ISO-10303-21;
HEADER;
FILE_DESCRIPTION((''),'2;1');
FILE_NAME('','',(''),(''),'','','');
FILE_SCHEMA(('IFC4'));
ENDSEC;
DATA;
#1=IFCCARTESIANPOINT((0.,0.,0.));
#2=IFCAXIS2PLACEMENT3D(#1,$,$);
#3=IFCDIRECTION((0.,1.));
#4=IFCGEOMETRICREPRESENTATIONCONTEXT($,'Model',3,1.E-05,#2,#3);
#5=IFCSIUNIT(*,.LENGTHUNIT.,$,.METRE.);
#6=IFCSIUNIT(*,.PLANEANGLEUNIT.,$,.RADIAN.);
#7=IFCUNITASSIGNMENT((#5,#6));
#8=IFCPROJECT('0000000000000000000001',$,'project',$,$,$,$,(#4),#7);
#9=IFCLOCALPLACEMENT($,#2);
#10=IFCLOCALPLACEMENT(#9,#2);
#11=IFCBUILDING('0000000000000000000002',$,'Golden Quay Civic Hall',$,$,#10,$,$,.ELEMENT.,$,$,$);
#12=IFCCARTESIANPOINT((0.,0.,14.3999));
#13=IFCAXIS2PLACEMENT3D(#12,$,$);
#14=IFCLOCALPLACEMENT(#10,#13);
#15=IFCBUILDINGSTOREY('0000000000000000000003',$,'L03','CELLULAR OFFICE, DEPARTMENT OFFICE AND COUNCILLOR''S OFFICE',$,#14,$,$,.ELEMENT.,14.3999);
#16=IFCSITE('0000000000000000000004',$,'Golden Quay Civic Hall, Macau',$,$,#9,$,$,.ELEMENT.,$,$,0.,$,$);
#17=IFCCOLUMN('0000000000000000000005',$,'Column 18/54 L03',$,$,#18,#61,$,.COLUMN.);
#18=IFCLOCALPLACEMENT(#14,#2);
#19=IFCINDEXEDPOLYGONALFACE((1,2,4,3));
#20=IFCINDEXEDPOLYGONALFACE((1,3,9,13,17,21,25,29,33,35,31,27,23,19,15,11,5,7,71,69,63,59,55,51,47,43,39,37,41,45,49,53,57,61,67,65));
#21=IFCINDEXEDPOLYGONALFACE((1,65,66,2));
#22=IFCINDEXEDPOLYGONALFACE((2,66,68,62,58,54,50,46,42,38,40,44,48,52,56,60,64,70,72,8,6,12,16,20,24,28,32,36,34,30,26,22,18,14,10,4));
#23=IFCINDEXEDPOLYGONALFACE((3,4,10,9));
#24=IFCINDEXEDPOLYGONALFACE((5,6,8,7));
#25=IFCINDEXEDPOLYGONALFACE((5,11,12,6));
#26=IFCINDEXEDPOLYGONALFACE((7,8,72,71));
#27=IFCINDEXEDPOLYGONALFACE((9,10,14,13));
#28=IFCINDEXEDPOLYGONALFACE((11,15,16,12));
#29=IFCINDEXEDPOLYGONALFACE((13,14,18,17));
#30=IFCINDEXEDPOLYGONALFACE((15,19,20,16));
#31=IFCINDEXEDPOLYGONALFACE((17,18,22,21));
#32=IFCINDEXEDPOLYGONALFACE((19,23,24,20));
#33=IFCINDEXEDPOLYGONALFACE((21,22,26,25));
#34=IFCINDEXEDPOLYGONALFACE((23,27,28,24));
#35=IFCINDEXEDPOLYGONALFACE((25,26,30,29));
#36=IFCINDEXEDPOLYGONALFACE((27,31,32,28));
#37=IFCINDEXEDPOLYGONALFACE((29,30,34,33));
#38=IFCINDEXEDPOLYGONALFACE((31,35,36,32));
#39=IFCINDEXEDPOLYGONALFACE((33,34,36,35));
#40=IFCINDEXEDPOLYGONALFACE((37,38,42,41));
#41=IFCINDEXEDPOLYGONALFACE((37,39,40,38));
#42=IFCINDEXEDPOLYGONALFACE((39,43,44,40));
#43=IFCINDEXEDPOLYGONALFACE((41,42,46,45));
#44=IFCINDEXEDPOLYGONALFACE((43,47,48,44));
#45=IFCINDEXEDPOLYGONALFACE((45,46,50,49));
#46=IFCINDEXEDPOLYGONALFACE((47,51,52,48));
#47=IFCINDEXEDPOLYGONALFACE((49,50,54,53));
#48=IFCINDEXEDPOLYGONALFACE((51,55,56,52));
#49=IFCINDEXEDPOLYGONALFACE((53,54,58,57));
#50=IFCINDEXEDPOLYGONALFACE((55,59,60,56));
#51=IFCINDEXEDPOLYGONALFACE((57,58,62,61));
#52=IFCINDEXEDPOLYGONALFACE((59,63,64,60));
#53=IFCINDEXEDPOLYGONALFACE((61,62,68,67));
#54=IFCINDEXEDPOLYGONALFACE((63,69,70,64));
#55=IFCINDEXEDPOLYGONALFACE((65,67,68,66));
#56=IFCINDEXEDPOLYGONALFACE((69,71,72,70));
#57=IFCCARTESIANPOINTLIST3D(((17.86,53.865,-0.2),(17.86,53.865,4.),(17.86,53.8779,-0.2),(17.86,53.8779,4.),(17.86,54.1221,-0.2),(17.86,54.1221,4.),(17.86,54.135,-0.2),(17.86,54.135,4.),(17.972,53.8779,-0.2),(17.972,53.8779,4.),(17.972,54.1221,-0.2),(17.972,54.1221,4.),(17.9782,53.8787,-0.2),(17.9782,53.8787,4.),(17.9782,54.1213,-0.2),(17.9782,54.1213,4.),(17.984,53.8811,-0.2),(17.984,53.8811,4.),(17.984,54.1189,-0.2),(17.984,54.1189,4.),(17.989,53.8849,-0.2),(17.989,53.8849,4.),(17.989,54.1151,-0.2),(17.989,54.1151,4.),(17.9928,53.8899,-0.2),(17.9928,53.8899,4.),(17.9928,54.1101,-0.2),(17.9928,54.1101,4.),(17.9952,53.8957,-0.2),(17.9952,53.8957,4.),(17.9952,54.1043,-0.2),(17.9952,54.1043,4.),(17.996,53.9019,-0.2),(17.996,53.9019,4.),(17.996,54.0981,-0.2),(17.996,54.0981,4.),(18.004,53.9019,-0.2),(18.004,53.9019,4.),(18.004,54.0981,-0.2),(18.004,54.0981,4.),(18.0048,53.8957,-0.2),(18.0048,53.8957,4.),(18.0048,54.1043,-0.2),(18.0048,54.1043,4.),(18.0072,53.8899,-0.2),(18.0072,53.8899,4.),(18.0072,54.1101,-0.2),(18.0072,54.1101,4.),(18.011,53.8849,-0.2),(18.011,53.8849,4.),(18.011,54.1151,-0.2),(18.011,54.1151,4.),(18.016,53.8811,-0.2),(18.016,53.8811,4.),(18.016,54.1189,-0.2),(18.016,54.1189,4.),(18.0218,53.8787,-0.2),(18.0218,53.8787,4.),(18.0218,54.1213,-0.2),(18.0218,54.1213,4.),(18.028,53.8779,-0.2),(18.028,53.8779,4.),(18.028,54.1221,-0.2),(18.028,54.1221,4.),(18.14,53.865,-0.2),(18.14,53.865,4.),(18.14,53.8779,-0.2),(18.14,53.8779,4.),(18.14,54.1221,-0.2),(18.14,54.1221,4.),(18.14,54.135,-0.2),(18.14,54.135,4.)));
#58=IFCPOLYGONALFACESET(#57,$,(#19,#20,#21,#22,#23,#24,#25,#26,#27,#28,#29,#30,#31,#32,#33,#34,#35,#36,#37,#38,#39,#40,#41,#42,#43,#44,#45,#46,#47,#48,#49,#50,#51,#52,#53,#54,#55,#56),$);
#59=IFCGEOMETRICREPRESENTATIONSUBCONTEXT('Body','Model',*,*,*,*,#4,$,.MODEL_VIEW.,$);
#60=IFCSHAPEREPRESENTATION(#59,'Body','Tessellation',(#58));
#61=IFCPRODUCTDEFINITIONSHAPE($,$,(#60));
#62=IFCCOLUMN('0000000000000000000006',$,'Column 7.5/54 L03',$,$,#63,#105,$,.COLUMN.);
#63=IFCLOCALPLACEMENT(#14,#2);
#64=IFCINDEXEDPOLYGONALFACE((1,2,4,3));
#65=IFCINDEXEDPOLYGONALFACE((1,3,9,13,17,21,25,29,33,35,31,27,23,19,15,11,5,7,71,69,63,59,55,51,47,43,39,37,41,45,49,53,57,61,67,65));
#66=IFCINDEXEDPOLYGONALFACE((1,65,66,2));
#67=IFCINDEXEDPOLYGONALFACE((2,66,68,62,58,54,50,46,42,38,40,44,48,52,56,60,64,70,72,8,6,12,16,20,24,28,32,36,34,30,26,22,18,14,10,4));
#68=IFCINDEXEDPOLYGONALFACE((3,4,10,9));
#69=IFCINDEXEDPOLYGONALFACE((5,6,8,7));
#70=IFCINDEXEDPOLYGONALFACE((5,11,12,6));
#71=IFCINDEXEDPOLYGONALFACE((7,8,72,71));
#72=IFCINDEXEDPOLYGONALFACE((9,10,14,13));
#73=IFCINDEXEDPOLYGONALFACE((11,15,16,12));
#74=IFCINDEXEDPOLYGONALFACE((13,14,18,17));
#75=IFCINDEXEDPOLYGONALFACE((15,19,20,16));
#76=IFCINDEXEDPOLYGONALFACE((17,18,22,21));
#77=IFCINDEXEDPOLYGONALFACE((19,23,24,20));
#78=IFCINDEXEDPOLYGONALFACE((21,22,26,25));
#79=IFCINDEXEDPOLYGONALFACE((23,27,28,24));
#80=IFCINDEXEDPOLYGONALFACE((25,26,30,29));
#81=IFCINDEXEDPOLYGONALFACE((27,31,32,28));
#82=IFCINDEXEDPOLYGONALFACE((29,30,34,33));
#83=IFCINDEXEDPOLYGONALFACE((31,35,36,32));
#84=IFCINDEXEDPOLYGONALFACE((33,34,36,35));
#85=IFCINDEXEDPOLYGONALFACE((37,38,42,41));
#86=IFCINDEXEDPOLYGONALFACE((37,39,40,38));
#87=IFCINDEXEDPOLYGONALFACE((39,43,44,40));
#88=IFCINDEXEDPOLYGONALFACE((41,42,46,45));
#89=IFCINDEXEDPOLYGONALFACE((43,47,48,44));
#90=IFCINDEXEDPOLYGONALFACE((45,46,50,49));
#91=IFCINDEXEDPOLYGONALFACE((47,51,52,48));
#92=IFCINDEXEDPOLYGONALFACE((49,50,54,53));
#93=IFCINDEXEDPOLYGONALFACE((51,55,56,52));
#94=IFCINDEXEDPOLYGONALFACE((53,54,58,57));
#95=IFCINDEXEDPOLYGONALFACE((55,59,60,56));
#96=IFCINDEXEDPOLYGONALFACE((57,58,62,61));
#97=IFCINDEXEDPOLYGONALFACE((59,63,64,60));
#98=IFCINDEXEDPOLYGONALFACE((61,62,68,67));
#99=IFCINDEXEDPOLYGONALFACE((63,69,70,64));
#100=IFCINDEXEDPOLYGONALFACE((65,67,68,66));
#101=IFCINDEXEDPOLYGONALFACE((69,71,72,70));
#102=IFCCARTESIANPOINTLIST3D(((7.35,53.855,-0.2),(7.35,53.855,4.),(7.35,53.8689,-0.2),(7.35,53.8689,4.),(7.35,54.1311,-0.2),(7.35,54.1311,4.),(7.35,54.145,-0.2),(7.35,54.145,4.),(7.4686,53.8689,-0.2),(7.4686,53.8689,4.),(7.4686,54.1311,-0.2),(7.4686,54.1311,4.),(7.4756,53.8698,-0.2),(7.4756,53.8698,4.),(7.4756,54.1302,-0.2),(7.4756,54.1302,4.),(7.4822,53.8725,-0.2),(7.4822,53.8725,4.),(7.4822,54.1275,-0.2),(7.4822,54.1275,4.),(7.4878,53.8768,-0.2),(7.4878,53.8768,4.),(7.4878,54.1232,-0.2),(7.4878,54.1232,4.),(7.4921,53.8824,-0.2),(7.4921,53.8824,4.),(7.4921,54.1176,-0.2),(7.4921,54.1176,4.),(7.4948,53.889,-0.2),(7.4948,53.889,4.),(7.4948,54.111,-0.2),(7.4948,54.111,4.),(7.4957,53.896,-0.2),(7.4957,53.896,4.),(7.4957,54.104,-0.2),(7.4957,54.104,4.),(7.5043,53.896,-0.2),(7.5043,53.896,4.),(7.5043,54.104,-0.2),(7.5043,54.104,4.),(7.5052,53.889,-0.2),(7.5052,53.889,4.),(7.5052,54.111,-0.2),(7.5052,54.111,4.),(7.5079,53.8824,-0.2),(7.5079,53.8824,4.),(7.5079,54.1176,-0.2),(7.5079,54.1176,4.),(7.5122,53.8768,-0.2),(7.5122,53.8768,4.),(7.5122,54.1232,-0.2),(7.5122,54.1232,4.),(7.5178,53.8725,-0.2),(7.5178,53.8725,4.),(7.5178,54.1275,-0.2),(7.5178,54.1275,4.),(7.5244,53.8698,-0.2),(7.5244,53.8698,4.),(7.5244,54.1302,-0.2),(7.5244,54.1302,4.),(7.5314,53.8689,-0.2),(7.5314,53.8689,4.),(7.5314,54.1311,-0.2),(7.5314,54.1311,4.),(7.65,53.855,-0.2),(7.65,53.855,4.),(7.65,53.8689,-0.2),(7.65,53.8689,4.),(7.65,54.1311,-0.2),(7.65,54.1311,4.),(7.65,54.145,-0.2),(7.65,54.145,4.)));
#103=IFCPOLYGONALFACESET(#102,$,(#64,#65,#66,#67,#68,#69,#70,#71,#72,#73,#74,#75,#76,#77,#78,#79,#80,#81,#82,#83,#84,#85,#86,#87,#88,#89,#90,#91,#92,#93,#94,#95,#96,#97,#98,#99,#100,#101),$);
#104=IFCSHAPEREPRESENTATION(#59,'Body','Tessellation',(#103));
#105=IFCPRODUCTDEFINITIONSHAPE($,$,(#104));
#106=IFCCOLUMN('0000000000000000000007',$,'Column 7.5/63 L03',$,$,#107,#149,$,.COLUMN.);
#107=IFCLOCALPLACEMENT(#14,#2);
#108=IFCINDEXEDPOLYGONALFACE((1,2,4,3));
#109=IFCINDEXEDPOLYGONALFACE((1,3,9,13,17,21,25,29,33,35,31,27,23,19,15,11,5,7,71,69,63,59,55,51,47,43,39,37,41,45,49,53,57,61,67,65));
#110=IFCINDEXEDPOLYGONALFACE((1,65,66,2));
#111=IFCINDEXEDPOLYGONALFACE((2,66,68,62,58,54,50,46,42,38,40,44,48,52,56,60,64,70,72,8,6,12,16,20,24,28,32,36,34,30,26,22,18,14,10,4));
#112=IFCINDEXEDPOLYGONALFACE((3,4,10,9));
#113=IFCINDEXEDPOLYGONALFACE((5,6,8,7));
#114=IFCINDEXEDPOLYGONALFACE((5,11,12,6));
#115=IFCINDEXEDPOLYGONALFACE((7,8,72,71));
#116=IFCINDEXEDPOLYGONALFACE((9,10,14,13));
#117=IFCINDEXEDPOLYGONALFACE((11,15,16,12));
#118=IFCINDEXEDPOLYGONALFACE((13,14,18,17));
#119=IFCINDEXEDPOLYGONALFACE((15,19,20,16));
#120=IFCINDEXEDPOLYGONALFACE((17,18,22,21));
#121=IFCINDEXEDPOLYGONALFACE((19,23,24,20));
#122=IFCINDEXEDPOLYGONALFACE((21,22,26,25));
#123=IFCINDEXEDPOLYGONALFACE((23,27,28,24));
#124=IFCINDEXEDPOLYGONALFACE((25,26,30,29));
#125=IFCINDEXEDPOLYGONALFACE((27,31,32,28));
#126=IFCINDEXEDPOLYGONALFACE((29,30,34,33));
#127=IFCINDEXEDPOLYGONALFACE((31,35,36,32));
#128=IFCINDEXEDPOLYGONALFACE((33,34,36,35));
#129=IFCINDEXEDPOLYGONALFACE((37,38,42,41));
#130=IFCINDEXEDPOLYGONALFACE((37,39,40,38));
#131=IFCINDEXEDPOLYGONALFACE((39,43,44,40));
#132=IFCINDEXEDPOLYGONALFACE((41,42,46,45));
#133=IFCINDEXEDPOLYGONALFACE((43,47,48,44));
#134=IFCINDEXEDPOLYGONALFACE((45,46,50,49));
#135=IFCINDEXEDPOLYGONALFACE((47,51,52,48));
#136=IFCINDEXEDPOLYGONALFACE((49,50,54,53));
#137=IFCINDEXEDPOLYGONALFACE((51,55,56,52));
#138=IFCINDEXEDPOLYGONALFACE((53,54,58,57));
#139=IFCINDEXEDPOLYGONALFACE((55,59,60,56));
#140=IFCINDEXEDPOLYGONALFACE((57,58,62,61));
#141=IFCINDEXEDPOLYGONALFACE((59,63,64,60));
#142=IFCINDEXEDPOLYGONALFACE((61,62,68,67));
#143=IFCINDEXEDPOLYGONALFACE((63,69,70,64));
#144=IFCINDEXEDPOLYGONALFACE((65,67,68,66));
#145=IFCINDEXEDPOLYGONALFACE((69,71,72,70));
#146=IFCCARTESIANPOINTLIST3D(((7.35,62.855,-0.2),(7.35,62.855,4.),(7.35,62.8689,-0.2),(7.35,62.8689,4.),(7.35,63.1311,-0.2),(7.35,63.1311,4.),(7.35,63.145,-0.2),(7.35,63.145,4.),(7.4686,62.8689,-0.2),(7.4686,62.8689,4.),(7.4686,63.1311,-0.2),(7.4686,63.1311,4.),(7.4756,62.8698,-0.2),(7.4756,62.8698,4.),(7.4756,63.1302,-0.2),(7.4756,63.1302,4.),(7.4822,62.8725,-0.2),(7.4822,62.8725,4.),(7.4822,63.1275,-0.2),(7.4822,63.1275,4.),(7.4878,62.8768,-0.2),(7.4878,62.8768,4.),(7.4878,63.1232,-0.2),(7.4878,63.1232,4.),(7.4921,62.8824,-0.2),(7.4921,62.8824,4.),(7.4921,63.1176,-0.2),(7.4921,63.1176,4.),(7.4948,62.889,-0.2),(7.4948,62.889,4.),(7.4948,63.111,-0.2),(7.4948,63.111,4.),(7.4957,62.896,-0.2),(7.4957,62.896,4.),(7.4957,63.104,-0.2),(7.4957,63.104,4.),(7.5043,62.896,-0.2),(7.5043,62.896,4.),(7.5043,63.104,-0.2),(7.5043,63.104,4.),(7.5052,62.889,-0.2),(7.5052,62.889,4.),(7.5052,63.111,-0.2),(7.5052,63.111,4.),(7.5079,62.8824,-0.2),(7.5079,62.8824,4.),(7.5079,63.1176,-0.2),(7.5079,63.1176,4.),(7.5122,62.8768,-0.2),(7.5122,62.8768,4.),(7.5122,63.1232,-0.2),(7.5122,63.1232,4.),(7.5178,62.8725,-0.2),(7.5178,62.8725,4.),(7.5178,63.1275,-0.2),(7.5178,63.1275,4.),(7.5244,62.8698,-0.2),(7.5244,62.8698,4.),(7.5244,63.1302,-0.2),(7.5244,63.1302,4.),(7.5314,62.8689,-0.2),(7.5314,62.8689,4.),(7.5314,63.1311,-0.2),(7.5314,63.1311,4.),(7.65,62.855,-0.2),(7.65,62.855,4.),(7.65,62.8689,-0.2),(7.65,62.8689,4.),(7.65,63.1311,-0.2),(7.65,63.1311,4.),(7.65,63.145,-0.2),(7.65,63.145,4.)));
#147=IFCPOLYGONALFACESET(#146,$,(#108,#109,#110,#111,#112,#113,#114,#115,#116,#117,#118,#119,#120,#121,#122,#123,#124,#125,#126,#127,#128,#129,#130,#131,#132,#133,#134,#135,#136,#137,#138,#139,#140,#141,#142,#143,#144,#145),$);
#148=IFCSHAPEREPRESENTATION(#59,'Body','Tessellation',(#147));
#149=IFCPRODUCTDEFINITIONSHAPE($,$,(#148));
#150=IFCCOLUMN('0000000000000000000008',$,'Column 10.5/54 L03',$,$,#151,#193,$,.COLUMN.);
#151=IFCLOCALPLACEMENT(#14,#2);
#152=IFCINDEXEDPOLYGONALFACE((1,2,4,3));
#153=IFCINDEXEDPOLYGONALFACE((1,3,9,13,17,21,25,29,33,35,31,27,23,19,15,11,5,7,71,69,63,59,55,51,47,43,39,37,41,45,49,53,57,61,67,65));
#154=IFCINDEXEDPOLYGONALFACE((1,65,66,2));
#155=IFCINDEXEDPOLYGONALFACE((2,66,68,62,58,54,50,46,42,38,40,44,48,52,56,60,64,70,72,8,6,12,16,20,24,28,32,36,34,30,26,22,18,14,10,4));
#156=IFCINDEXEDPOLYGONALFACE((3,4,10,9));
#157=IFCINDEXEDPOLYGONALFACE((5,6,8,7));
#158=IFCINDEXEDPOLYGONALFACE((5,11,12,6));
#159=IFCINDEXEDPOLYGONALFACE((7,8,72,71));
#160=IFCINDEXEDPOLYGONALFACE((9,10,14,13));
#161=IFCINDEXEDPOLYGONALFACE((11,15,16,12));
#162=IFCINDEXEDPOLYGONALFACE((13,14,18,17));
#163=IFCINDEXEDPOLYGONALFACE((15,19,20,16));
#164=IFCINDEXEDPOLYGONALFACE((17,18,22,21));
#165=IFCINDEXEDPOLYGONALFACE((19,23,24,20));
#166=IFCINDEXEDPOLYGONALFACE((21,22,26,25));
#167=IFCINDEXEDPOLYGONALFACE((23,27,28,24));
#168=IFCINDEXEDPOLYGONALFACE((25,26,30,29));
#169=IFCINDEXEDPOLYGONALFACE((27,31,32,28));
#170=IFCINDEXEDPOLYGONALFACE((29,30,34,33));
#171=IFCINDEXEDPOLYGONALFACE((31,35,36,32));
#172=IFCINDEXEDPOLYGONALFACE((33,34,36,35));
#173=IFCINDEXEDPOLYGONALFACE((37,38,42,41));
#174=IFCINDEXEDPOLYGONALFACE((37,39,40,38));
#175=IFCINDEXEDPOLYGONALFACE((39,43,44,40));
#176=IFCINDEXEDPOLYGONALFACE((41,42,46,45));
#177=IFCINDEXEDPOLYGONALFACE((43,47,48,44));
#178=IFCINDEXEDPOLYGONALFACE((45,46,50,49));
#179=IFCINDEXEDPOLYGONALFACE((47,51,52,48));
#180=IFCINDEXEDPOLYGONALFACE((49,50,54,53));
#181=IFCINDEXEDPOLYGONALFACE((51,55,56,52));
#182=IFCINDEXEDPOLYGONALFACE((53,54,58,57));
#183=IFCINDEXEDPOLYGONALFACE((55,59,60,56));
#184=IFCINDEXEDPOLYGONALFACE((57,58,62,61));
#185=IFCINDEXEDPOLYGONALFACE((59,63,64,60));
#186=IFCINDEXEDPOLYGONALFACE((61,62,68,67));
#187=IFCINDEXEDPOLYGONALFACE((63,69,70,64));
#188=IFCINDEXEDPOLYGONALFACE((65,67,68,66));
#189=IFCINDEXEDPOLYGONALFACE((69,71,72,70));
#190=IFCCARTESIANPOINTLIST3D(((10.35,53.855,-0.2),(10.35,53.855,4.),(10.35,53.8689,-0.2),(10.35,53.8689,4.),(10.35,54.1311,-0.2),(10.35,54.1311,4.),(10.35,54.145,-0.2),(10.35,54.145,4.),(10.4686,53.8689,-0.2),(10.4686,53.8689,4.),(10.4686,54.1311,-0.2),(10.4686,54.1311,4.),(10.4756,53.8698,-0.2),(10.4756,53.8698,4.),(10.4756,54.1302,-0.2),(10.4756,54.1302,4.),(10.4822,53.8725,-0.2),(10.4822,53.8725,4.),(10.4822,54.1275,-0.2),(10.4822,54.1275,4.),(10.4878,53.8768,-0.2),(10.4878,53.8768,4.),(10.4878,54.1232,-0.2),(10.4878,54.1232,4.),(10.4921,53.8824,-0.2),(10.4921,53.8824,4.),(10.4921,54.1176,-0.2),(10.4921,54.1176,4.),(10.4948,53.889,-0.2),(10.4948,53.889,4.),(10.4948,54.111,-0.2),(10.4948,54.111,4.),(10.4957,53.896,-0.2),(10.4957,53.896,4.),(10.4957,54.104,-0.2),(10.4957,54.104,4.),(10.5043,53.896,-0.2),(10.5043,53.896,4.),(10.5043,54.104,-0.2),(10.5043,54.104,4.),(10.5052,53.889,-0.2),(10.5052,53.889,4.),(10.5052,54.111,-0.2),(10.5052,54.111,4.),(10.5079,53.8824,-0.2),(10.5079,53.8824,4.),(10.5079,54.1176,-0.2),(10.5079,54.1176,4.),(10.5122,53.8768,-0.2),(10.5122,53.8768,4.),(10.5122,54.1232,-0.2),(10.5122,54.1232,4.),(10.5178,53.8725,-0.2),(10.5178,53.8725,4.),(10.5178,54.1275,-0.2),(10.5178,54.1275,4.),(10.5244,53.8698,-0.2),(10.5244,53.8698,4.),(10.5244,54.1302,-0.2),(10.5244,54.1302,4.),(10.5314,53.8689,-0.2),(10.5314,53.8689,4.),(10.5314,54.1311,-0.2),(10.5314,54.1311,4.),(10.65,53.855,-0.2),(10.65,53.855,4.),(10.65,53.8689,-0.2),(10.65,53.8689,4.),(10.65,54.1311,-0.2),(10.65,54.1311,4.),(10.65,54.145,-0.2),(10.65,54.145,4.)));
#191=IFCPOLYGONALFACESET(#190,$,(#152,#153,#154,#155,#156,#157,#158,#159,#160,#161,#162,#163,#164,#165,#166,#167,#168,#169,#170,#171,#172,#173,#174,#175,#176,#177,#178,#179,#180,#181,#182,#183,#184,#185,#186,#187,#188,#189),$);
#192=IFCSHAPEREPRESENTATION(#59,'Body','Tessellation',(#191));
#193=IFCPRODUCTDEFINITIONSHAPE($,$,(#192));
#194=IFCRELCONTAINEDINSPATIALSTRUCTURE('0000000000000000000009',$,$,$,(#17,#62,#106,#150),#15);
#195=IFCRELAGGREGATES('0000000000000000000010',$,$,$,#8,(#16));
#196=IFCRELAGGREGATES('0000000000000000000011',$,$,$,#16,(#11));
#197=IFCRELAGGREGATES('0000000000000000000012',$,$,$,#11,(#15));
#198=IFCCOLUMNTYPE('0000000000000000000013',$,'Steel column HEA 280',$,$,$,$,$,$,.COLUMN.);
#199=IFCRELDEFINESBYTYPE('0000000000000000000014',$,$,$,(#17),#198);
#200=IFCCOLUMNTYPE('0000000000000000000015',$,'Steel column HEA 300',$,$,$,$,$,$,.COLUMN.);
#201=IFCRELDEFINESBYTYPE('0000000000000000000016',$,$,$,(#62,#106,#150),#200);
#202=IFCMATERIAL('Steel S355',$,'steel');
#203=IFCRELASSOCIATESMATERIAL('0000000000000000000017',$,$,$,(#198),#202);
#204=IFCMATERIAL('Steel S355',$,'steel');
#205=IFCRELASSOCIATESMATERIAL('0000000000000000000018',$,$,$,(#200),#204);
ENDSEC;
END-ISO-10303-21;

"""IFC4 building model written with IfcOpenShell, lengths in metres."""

from ifc_helpers import new_model, si_unit, direction, frame, origin, origin_2d, place, context, subcontext, project, spatial, i_section, extrude, material, material_profile, profile_set, type_object, element, save


model = new_model("IFC4")

# Units and contexts
model_context = context("Model", 3, precision=1e-05, world=origin(), true_north=direction((0.0, 1.0)))
body_context = subcontext(model_context, "Body", "Model", "MODEL_VIEW")
ifc_project = project(units=[si_unit("LENGTHUNIT", "METRE"), si_unit("PLANEANGLEUNIT", "RADIAN")], contexts=[model_context])

# Site, building, storey
site_placement = place(None, origin())
site = spatial("IfcSite", under=ifc_project, at=site_placement, Name="Golden Quay Civic Hall, Macau", CompositionType="ELEMENT", RefElevation=0.0)
building_placement = place(site_placement, origin())
building = spatial("IfcBuilding", under=site, at=building_placement, Name="Golden Quay Civic Hall", CompositionType="ELEMENT")
storey_placement = place(building_placement, frame((0.0, 0.0, 14.3999)))
storey = spatial("IfcBuildingStorey", under=building, at=storey_placement, Name="L03", Description="CELLULAR OFFICE, DEPARTMENT OFFICE AND COUNCILLOR'S OFFICE", CompositionType="ELEMENT", Elevation=14.3999)

# Columns
ifc_material_1 = material(Name="Steel S355", Category="steel")
ifc_material_profile_1 = material_profile(ifc_material_1, i_section(OverallWidth=0.28, OverallDepth=0.27, WebThickness=0.0081, FlangeThickness=0.0129, FilletRadius=0.0239, at=origin_2d()), Name="HEA 280")
ifc_profile_set_1 = profile_set([ifc_material_profile_1], Name="Steel S355")
column_type_1 = type_object("IfcColumnType", Name="Steel column HEA 280", PredefinedType="COLUMN", material=ifc_profile_set_1)
column_placement = place(storey_placement, frame((18.0, 54.0, -0.2), z_axis=(0.0, 0.0, 1.0), x_axis=(1.0, 0.0, 0.0)))
element("IfcColumn", 1, at=column_placement, inside=storey, type_object=column_type_1, Name="Column 18/54 L03", PredefinedType="COLUMN", context=body_context, shape_type="SweptSolid", body=[
    extrude(i_section(OverallWidth=0.28, OverallDepth=0.27, WebThickness=0.0081, FlangeThickness=0.0129, FilletRadius=0.0239, at=origin_2d()), origin(), (0.0, 0.0, 1.0), 4.2),
])
ifc_material_2 = material(Name="Steel S355", Category="steel")
ifc_material_profile_2 = material_profile(ifc_material_2, i_section(OverallWidth=0.3, OverallDepth=0.29, WebThickness=0.0085, FlangeThickness=0.0139, FilletRadius=0.0271, at=origin_2d()), Name="HEA 300")
ifc_profile_set_2 = profile_set([ifc_material_profile_2], Name="Steel S355")
column_type_2 = type_object("IfcColumnType", Name="Steel column HEA 300", PredefinedType="COLUMN", material=ifc_profile_set_2)
for number, where, z_axis, x_axis, name in (
    (2, (7.5, 54.0, -0.2), (0.0, 0.0, 1.0), (1.0, 0.0, 0.0), "Column 7.5/54 L03"),
    (3, (7.5, 63.0, -0.2), (0.0, 0.0, 1.0), (1.0, 0.0, 0.0), "Column 7.5/63 L03"),
    (4, (10.5, 54.0, -0.2), (0.0, 0.0, 1.0), (1.0, 0.0, 0.0), "Column 10.5/54 L03"),
):
    element("IfcColumn", number, at=place(storey_placement, frame(where, z_axis=z_axis, x_axis=x_axis)), inside=storey, type_object=column_type_2, Name=name, PredefinedType="COLUMN", context=body_context, shape_type="SweptSolid", body=[
        extrude(i_section(OverallWidth=0.3, OverallDepth=0.29, WebThickness=0.0085, FlangeThickness=0.0139, FilletRadius=0.0271, at=origin_2d()), origin(), (0.0, 0.0, 1.0), 4.2),
    ])

save(model, "model.ifc")
